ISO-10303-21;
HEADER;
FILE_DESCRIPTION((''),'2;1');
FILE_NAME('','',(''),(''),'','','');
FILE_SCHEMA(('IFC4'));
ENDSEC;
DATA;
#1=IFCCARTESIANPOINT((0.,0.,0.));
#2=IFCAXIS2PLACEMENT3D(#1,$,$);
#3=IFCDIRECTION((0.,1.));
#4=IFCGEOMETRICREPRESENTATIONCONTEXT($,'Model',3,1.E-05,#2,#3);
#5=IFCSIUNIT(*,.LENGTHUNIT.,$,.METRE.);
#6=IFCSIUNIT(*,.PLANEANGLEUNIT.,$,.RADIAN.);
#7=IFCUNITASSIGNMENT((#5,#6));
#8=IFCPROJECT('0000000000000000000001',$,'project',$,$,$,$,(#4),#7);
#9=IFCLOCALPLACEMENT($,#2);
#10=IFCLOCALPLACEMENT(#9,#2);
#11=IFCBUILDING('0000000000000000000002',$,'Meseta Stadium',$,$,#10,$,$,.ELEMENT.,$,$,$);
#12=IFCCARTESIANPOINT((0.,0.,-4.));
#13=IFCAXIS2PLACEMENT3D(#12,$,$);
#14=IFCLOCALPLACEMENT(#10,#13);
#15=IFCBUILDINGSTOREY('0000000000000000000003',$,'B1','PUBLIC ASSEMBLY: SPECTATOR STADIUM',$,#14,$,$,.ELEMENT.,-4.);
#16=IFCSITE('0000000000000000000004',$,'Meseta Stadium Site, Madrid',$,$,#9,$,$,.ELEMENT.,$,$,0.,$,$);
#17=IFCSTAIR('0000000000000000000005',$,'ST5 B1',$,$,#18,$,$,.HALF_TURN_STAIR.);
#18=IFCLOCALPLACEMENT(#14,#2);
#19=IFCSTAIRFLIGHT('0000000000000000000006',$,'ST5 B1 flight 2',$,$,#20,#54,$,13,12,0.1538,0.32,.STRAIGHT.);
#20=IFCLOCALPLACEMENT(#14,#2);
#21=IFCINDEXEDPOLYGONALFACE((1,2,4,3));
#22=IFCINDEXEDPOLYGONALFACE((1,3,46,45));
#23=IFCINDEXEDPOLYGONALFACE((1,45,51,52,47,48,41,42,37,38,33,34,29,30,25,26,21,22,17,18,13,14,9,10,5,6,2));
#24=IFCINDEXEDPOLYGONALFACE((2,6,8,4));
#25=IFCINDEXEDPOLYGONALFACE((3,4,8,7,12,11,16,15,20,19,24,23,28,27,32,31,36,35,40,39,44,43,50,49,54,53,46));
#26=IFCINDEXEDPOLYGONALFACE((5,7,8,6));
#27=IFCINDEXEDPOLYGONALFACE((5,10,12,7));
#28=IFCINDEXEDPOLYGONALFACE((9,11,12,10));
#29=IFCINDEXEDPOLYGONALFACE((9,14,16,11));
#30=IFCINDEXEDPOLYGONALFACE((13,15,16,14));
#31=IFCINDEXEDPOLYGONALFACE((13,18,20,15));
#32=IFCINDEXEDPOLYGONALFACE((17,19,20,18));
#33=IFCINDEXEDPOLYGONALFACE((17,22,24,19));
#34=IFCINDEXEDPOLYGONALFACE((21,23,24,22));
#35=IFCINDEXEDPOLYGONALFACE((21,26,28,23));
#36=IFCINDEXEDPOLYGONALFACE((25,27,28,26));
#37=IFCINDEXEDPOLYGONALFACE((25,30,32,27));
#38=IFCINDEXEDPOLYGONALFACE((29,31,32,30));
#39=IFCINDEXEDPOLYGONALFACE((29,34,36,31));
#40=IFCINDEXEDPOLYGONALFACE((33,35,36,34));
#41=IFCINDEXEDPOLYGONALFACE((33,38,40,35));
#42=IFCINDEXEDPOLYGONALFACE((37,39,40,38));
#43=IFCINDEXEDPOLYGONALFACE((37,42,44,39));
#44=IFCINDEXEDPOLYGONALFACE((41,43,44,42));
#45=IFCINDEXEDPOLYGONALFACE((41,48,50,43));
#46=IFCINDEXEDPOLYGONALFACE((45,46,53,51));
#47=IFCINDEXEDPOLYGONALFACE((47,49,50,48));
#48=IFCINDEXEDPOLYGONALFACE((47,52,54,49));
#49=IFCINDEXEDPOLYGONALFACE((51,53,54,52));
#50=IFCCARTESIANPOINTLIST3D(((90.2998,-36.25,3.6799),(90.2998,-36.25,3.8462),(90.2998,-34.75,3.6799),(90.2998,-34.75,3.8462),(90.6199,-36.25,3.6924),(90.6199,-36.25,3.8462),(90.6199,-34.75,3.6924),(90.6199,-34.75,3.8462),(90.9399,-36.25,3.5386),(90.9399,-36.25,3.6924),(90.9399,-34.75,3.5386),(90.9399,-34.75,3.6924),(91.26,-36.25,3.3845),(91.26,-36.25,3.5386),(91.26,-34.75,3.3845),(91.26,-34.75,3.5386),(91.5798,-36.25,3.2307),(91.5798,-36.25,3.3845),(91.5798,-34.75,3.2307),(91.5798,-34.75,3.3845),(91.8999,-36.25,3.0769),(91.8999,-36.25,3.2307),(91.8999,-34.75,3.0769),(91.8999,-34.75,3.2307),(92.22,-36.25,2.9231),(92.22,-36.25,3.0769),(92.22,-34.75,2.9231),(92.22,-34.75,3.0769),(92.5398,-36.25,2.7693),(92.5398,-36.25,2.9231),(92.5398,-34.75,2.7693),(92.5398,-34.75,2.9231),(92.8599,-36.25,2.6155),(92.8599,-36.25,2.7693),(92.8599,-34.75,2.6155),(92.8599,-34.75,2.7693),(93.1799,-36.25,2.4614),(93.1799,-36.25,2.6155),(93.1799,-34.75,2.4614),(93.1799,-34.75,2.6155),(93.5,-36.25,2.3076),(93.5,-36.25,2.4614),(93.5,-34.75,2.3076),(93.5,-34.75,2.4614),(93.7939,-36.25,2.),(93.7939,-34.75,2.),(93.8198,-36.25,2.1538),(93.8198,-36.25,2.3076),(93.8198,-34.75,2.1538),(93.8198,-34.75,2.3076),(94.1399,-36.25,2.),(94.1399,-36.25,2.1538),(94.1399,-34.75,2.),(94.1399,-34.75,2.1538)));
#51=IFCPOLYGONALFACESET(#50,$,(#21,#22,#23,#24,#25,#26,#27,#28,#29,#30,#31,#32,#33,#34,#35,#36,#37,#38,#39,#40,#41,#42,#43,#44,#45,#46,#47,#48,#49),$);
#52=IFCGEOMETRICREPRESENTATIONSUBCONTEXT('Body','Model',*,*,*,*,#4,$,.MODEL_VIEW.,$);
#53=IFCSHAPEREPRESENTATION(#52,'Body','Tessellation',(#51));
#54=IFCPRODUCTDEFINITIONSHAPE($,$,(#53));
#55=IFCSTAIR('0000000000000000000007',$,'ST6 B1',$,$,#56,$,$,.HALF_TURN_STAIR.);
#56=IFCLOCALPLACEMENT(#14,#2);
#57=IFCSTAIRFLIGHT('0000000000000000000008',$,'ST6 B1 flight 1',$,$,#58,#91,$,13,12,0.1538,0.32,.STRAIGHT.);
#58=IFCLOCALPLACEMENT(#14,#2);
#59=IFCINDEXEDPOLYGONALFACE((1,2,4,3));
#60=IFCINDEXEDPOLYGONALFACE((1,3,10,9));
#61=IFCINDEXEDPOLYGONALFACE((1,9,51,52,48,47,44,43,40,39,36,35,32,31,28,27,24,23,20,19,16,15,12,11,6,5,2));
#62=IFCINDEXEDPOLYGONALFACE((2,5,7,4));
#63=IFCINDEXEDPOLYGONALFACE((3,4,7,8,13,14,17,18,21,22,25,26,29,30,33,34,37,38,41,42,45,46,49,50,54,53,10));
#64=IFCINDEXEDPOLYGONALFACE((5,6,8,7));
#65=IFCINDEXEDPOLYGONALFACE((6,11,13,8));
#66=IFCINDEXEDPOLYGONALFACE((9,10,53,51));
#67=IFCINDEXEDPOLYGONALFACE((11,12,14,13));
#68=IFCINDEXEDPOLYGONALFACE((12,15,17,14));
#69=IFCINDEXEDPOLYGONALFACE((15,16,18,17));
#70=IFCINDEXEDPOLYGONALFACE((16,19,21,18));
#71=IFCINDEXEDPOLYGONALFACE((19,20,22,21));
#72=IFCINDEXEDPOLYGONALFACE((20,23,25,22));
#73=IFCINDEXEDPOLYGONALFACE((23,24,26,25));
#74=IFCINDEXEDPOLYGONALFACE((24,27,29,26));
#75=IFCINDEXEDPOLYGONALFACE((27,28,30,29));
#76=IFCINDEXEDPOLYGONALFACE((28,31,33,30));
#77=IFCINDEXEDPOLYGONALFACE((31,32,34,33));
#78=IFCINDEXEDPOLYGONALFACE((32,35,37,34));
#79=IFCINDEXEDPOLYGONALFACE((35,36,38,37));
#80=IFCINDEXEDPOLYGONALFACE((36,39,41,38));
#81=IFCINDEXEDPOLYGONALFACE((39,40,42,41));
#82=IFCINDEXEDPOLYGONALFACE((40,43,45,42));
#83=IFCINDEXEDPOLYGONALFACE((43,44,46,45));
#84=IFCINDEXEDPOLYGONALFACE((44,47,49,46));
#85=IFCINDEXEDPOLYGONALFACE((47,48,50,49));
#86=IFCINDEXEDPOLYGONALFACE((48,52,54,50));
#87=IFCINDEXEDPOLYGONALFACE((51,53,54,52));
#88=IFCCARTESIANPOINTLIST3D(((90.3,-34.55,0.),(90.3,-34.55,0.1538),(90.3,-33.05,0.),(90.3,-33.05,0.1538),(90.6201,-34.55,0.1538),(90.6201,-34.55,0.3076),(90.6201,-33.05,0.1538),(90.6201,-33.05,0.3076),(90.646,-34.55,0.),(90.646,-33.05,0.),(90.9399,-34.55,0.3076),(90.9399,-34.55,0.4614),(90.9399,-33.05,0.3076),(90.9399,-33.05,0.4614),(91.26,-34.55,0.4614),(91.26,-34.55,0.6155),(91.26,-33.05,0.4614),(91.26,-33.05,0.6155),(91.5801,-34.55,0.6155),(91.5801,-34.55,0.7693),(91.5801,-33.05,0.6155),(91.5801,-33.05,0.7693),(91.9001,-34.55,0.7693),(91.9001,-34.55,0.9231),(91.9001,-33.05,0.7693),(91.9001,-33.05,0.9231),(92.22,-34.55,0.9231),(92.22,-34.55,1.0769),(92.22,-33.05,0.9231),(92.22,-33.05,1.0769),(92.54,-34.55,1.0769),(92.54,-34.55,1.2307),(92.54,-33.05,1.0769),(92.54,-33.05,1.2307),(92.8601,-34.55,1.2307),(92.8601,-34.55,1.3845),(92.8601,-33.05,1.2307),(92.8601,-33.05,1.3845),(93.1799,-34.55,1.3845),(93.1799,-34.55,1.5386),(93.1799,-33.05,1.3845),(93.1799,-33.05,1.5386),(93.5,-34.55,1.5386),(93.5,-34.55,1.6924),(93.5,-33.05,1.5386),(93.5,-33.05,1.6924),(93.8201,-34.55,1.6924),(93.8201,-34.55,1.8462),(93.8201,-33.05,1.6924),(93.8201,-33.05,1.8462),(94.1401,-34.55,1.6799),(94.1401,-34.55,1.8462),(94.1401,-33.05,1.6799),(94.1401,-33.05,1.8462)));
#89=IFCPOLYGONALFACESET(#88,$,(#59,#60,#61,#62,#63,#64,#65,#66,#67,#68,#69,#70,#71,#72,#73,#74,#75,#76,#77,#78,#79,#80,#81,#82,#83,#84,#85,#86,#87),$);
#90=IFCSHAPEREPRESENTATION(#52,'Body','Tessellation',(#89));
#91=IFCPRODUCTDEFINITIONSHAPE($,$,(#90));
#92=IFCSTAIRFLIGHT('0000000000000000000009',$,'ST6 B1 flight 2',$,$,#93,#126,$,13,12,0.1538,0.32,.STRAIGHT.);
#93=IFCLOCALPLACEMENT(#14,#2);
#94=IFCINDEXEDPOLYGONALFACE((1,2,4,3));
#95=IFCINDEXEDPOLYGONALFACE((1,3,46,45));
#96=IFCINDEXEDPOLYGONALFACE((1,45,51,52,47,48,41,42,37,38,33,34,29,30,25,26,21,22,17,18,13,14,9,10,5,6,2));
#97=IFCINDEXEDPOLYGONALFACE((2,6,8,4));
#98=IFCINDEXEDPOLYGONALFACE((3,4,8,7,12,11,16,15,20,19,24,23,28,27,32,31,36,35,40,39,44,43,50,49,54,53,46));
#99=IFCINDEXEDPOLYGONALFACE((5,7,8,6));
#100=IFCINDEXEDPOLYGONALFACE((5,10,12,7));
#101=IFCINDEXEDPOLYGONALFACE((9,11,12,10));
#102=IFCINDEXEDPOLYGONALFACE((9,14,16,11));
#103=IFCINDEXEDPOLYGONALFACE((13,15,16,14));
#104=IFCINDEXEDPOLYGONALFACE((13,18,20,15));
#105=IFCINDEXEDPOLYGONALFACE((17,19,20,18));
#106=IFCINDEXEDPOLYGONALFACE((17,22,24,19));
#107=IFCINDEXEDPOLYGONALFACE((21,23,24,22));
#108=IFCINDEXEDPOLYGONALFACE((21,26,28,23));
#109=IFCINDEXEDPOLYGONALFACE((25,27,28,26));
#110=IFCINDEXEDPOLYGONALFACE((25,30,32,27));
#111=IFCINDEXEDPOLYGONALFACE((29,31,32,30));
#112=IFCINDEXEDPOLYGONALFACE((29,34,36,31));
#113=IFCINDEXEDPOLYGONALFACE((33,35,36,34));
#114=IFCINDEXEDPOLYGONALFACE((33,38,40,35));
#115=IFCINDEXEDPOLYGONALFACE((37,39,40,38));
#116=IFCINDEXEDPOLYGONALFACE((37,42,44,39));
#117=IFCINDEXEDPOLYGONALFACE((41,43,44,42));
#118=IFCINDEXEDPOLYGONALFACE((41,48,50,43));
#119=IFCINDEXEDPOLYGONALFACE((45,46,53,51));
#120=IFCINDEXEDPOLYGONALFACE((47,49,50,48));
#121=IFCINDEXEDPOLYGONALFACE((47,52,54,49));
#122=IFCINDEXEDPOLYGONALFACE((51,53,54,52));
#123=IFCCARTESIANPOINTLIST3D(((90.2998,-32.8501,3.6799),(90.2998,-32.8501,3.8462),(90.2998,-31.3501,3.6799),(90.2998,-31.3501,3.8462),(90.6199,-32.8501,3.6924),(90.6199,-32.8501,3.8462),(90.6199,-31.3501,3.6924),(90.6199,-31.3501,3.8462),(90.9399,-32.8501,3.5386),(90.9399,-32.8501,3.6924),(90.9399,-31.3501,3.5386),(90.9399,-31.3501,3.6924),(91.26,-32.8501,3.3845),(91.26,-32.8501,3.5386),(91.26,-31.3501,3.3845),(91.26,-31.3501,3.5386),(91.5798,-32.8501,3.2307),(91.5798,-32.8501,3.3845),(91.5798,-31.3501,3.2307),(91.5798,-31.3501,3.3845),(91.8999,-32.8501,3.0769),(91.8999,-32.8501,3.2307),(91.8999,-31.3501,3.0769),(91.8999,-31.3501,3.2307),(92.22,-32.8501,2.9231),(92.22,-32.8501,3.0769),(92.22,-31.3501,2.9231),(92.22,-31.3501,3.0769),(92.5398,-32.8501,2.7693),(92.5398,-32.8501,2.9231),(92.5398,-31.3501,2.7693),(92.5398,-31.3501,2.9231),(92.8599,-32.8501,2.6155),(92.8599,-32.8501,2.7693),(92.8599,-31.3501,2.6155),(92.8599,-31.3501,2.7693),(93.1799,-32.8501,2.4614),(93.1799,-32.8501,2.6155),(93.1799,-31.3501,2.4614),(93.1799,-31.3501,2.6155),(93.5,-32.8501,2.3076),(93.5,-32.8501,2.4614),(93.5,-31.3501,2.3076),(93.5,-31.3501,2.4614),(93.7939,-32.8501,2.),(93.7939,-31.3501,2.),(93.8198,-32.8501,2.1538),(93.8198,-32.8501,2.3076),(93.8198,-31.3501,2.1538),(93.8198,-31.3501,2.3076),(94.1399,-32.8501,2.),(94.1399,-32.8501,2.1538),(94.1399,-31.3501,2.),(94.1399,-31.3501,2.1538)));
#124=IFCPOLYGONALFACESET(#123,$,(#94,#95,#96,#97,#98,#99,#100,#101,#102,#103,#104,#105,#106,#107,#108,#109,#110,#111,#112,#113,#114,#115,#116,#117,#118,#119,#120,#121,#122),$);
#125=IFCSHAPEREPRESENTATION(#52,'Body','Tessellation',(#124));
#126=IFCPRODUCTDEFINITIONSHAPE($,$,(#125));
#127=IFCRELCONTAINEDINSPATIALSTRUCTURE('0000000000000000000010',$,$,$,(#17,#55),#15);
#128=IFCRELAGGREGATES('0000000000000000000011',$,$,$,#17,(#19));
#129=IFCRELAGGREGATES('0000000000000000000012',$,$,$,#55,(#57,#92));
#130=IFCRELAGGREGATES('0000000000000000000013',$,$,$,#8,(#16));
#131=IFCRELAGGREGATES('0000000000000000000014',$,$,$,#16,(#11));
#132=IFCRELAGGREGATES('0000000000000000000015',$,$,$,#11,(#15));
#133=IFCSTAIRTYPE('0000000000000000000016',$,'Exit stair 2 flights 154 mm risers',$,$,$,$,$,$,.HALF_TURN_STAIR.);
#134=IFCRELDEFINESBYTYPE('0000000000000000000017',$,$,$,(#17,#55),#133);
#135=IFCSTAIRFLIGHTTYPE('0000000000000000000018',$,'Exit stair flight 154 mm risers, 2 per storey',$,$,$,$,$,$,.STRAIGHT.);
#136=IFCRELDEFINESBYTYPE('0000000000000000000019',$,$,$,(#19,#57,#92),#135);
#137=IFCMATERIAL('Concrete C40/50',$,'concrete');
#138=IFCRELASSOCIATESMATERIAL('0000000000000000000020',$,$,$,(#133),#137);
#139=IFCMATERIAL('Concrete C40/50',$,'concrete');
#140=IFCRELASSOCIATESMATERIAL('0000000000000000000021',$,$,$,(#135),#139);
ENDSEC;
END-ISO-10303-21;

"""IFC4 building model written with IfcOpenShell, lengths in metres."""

from ifc_helpers import new_model, si_unit, direction, frame, origin, place, context, subcontext, project, spatial, polyline, outline, extrude, material, type_object, element, aggregate, save


model = new_model("IFC4")

# Units and contexts
model_context = context("Model", 3, precision=1e-05, world=origin(), true_north=direction((0.0, 1.0)))
body_context = subcontext(model_context, "Body", "Model", "MODEL_VIEW")
ifc_project = project(units=[si_unit("LENGTHUNIT", "METRE"), si_unit("PLANEANGLEUNIT", "RADIAN")], contexts=[model_context])

# Site, building, storey
site_placement = place(None, origin())
site = spatial("IfcSite", under=ifc_project, at=site_placement, Name="Meseta Stadium Site, Madrid", CompositionType="ELEMENT", RefElevation=0.0)
building_placement = place(site_placement, origin())
building = spatial("IfcBuilding", under=site, at=building_placement, Name="Meseta Stadium", CompositionType="ELEMENT")
storey_placement = place(building_placement, frame((0.0, 0.0, -4.0)))
storey = spatial("IfcBuildingStorey", under=building, at=storey_placement, Name="B1", Description="PUBLIC ASSEMBLY: SPECTATOR STADIUM", CompositionType="ELEMENT", Elevation=-4.0)

# Stair, stair flight
ifc_material_1 = material(Name="Concrete C40/50", Category="concrete")
stair_type = type_object("IfcStairType", Name="Exit stair 2 flights 154 mm risers", PredefinedType="HALF_TURN_STAIR", material=ifc_material_1)
ifc_material_2 = material(Name="Concrete C40/50", Category="concrete")
stair_flight_type = type_object("IfcStairFlightType", Name="Exit stair flight 154 mm risers, 2 per storey", PredefinedType="STRAIGHT", material=ifc_material_2)
stair_1_placement = place(storey_placement, origin())
stair_1 = element("IfcStair", 1, at=stair_1_placement, inside=storey, type_object=stair_type, Name="ST5 B1", PredefinedType="HALF_TURN_STAIR")
stair_flight_1_placement = place(storey_placement, frame((94.1399, -35.5, 2.0), z_axis=(0.0, 0.0, 1.0), x_axis=(-1.0, 0.0, 0.0)))
stair_flight_1 = element("IfcStairFlight", 2, at=stair_flight_1_placement, type_object=stair_flight_type, Name="ST5 B1 flight 2", NumberOfRisers=13, NumberOfTreads=12, PredefinedType="STRAIGHT", RiserHeight=0.1538, TreadLength=0.32, context=body_context, shape_type="SweptSolid", body=[
    extrude(outline(polyline([(0.0, 0.0), (0.0, 0.1538), (0.3201, 0.1538), (0.3201, 0.3076), (0.6399, 0.3076), (0.6399, 0.4614), (0.96, 0.4614), (0.96, 0.6155), (1.28, 0.6155), (1.28, 0.7693), (1.6001, 0.7693), (1.6001, 0.9231), (1.9199, 0.9231), (1.9199, 1.0769), (2.24, 1.0769), (2.24, 1.2307), (2.5601, 1.2307), (2.5601, 1.3845), (2.8799, 1.3845), (2.8799, 1.5386), (3.2, 1.5386), (3.2, 1.6924), (3.52, 1.6924), (3.52, 1.8462), (3.8401, 1.8462), (3.8401, 1.6799), (0.3459, 0.0), (0.0, 0.0)])), frame((0.0, 0.75, 0.0), z_axis=(0.0, -1.0, 0.0), x_axis=(1.0, 0.0, 0.0)), (0.0, 0.0, 1.0), 1.5),
])
aggregate(stair_1, [stair_flight_1])

# Stair, stair flights
stair_2_placement = place(storey_placement, origin())
stair_2 = element("IfcStair", 3, at=stair_2_placement, inside=storey, type_object=stair_type, Name="ST6 B1", PredefinedType="HALF_TURN_STAIR")
stair_flight_2_placement = place(storey_placement, frame((90.3, -33.8, 0.0), z_axis=(0.0, 0.0, 1.0), x_axis=(1.0, 0.0, 0.0)))
stair_flight_2 = element("IfcStairFlight", 4, at=stair_flight_2_placement, type_object=stair_flight_type, Name="ST6 B1 flight 1", NumberOfRisers=13, NumberOfTreads=12, PredefinedType="STRAIGHT", RiserHeight=0.1538, TreadLength=0.32, context=body_context, shape_type="SweptSolid", body=[
    extrude(outline(polyline([(0.0, 0.0), (0.0, 0.1538), (0.3201, 0.1538), (0.3201, 0.3076), (0.6399, 0.3076), (0.6399, 0.4614), (0.96, 0.4614), (0.96, 0.6155), (1.28, 0.6155), (1.28, 0.7693), (1.6001, 0.7693), (1.6001, 0.9231), (1.9199, 0.9231), (1.9199, 1.0769), (2.24, 1.0769), (2.24, 1.2307), (2.5601, 1.2307), (2.5601, 1.3845), (2.8799, 1.3845), (2.8799, 1.5386), (3.2, 1.5386), (3.2, 1.6924), (3.52, 1.6924), (3.52, 1.8462), (3.8401, 1.8462), (3.8401, 1.6799), (0.3459, 0.0), (0.0, 0.0)])), frame((0.0, 0.75, 0.0), z_axis=(0.0, -1.0, 0.0), x_axis=(1.0, 0.0, 0.0)), (0.0, 0.0, 1.0), 1.5),
])
stair_flight_3_placement = place(storey_placement, frame((94.1399, -32.1001, 2.0), z_axis=(0.0, 0.0, 1.0), x_axis=(-1.0, 0.0, 0.0)))
stair_flight_3 = element("IfcStairFlight", 5, at=stair_flight_3_placement, type_object=stair_flight_type, Name="ST6 B1 flight 2", NumberOfRisers=13, NumberOfTreads=12, PredefinedType="STRAIGHT", RiserHeight=0.1538, TreadLength=0.32, context=body_context, shape_type="SweptSolid", body=[
    extrude(outline(polyline([(0.0, 0.0), (0.0, 0.1538), (0.3201, 0.1538), (0.3201, 0.3076), (0.6399, 0.3076), (0.6399, 0.4614), (0.96, 0.4614), (0.96, 0.6155), (1.28, 0.6155), (1.28, 0.7693), (1.6001, 0.7693), (1.6001, 0.9231), (1.9199, 0.9231), (1.9199, 1.0769), (2.24, 1.0769), (2.24, 1.2307), (2.5601, 1.2307), (2.5601, 1.3845), (2.8799, 1.3845), (2.8799, 1.5386), (3.2, 1.5386), (3.2, 1.6924), (3.52, 1.6924), (3.52, 1.8462), (3.8401, 1.8462), (3.8401, 1.6799), (0.3459, 0.0), (0.0, 0.0)])), frame((0.0, 0.75, 0.0), z_axis=(0.0, -1.0, 0.0), x_axis=(1.0, 0.0, 0.0)), (0.0, 0.0, 1.0), 1.5),
])
aggregate(stair_2, [stair_flight_2, stair_flight_3])

save(model, "model.ifc")
